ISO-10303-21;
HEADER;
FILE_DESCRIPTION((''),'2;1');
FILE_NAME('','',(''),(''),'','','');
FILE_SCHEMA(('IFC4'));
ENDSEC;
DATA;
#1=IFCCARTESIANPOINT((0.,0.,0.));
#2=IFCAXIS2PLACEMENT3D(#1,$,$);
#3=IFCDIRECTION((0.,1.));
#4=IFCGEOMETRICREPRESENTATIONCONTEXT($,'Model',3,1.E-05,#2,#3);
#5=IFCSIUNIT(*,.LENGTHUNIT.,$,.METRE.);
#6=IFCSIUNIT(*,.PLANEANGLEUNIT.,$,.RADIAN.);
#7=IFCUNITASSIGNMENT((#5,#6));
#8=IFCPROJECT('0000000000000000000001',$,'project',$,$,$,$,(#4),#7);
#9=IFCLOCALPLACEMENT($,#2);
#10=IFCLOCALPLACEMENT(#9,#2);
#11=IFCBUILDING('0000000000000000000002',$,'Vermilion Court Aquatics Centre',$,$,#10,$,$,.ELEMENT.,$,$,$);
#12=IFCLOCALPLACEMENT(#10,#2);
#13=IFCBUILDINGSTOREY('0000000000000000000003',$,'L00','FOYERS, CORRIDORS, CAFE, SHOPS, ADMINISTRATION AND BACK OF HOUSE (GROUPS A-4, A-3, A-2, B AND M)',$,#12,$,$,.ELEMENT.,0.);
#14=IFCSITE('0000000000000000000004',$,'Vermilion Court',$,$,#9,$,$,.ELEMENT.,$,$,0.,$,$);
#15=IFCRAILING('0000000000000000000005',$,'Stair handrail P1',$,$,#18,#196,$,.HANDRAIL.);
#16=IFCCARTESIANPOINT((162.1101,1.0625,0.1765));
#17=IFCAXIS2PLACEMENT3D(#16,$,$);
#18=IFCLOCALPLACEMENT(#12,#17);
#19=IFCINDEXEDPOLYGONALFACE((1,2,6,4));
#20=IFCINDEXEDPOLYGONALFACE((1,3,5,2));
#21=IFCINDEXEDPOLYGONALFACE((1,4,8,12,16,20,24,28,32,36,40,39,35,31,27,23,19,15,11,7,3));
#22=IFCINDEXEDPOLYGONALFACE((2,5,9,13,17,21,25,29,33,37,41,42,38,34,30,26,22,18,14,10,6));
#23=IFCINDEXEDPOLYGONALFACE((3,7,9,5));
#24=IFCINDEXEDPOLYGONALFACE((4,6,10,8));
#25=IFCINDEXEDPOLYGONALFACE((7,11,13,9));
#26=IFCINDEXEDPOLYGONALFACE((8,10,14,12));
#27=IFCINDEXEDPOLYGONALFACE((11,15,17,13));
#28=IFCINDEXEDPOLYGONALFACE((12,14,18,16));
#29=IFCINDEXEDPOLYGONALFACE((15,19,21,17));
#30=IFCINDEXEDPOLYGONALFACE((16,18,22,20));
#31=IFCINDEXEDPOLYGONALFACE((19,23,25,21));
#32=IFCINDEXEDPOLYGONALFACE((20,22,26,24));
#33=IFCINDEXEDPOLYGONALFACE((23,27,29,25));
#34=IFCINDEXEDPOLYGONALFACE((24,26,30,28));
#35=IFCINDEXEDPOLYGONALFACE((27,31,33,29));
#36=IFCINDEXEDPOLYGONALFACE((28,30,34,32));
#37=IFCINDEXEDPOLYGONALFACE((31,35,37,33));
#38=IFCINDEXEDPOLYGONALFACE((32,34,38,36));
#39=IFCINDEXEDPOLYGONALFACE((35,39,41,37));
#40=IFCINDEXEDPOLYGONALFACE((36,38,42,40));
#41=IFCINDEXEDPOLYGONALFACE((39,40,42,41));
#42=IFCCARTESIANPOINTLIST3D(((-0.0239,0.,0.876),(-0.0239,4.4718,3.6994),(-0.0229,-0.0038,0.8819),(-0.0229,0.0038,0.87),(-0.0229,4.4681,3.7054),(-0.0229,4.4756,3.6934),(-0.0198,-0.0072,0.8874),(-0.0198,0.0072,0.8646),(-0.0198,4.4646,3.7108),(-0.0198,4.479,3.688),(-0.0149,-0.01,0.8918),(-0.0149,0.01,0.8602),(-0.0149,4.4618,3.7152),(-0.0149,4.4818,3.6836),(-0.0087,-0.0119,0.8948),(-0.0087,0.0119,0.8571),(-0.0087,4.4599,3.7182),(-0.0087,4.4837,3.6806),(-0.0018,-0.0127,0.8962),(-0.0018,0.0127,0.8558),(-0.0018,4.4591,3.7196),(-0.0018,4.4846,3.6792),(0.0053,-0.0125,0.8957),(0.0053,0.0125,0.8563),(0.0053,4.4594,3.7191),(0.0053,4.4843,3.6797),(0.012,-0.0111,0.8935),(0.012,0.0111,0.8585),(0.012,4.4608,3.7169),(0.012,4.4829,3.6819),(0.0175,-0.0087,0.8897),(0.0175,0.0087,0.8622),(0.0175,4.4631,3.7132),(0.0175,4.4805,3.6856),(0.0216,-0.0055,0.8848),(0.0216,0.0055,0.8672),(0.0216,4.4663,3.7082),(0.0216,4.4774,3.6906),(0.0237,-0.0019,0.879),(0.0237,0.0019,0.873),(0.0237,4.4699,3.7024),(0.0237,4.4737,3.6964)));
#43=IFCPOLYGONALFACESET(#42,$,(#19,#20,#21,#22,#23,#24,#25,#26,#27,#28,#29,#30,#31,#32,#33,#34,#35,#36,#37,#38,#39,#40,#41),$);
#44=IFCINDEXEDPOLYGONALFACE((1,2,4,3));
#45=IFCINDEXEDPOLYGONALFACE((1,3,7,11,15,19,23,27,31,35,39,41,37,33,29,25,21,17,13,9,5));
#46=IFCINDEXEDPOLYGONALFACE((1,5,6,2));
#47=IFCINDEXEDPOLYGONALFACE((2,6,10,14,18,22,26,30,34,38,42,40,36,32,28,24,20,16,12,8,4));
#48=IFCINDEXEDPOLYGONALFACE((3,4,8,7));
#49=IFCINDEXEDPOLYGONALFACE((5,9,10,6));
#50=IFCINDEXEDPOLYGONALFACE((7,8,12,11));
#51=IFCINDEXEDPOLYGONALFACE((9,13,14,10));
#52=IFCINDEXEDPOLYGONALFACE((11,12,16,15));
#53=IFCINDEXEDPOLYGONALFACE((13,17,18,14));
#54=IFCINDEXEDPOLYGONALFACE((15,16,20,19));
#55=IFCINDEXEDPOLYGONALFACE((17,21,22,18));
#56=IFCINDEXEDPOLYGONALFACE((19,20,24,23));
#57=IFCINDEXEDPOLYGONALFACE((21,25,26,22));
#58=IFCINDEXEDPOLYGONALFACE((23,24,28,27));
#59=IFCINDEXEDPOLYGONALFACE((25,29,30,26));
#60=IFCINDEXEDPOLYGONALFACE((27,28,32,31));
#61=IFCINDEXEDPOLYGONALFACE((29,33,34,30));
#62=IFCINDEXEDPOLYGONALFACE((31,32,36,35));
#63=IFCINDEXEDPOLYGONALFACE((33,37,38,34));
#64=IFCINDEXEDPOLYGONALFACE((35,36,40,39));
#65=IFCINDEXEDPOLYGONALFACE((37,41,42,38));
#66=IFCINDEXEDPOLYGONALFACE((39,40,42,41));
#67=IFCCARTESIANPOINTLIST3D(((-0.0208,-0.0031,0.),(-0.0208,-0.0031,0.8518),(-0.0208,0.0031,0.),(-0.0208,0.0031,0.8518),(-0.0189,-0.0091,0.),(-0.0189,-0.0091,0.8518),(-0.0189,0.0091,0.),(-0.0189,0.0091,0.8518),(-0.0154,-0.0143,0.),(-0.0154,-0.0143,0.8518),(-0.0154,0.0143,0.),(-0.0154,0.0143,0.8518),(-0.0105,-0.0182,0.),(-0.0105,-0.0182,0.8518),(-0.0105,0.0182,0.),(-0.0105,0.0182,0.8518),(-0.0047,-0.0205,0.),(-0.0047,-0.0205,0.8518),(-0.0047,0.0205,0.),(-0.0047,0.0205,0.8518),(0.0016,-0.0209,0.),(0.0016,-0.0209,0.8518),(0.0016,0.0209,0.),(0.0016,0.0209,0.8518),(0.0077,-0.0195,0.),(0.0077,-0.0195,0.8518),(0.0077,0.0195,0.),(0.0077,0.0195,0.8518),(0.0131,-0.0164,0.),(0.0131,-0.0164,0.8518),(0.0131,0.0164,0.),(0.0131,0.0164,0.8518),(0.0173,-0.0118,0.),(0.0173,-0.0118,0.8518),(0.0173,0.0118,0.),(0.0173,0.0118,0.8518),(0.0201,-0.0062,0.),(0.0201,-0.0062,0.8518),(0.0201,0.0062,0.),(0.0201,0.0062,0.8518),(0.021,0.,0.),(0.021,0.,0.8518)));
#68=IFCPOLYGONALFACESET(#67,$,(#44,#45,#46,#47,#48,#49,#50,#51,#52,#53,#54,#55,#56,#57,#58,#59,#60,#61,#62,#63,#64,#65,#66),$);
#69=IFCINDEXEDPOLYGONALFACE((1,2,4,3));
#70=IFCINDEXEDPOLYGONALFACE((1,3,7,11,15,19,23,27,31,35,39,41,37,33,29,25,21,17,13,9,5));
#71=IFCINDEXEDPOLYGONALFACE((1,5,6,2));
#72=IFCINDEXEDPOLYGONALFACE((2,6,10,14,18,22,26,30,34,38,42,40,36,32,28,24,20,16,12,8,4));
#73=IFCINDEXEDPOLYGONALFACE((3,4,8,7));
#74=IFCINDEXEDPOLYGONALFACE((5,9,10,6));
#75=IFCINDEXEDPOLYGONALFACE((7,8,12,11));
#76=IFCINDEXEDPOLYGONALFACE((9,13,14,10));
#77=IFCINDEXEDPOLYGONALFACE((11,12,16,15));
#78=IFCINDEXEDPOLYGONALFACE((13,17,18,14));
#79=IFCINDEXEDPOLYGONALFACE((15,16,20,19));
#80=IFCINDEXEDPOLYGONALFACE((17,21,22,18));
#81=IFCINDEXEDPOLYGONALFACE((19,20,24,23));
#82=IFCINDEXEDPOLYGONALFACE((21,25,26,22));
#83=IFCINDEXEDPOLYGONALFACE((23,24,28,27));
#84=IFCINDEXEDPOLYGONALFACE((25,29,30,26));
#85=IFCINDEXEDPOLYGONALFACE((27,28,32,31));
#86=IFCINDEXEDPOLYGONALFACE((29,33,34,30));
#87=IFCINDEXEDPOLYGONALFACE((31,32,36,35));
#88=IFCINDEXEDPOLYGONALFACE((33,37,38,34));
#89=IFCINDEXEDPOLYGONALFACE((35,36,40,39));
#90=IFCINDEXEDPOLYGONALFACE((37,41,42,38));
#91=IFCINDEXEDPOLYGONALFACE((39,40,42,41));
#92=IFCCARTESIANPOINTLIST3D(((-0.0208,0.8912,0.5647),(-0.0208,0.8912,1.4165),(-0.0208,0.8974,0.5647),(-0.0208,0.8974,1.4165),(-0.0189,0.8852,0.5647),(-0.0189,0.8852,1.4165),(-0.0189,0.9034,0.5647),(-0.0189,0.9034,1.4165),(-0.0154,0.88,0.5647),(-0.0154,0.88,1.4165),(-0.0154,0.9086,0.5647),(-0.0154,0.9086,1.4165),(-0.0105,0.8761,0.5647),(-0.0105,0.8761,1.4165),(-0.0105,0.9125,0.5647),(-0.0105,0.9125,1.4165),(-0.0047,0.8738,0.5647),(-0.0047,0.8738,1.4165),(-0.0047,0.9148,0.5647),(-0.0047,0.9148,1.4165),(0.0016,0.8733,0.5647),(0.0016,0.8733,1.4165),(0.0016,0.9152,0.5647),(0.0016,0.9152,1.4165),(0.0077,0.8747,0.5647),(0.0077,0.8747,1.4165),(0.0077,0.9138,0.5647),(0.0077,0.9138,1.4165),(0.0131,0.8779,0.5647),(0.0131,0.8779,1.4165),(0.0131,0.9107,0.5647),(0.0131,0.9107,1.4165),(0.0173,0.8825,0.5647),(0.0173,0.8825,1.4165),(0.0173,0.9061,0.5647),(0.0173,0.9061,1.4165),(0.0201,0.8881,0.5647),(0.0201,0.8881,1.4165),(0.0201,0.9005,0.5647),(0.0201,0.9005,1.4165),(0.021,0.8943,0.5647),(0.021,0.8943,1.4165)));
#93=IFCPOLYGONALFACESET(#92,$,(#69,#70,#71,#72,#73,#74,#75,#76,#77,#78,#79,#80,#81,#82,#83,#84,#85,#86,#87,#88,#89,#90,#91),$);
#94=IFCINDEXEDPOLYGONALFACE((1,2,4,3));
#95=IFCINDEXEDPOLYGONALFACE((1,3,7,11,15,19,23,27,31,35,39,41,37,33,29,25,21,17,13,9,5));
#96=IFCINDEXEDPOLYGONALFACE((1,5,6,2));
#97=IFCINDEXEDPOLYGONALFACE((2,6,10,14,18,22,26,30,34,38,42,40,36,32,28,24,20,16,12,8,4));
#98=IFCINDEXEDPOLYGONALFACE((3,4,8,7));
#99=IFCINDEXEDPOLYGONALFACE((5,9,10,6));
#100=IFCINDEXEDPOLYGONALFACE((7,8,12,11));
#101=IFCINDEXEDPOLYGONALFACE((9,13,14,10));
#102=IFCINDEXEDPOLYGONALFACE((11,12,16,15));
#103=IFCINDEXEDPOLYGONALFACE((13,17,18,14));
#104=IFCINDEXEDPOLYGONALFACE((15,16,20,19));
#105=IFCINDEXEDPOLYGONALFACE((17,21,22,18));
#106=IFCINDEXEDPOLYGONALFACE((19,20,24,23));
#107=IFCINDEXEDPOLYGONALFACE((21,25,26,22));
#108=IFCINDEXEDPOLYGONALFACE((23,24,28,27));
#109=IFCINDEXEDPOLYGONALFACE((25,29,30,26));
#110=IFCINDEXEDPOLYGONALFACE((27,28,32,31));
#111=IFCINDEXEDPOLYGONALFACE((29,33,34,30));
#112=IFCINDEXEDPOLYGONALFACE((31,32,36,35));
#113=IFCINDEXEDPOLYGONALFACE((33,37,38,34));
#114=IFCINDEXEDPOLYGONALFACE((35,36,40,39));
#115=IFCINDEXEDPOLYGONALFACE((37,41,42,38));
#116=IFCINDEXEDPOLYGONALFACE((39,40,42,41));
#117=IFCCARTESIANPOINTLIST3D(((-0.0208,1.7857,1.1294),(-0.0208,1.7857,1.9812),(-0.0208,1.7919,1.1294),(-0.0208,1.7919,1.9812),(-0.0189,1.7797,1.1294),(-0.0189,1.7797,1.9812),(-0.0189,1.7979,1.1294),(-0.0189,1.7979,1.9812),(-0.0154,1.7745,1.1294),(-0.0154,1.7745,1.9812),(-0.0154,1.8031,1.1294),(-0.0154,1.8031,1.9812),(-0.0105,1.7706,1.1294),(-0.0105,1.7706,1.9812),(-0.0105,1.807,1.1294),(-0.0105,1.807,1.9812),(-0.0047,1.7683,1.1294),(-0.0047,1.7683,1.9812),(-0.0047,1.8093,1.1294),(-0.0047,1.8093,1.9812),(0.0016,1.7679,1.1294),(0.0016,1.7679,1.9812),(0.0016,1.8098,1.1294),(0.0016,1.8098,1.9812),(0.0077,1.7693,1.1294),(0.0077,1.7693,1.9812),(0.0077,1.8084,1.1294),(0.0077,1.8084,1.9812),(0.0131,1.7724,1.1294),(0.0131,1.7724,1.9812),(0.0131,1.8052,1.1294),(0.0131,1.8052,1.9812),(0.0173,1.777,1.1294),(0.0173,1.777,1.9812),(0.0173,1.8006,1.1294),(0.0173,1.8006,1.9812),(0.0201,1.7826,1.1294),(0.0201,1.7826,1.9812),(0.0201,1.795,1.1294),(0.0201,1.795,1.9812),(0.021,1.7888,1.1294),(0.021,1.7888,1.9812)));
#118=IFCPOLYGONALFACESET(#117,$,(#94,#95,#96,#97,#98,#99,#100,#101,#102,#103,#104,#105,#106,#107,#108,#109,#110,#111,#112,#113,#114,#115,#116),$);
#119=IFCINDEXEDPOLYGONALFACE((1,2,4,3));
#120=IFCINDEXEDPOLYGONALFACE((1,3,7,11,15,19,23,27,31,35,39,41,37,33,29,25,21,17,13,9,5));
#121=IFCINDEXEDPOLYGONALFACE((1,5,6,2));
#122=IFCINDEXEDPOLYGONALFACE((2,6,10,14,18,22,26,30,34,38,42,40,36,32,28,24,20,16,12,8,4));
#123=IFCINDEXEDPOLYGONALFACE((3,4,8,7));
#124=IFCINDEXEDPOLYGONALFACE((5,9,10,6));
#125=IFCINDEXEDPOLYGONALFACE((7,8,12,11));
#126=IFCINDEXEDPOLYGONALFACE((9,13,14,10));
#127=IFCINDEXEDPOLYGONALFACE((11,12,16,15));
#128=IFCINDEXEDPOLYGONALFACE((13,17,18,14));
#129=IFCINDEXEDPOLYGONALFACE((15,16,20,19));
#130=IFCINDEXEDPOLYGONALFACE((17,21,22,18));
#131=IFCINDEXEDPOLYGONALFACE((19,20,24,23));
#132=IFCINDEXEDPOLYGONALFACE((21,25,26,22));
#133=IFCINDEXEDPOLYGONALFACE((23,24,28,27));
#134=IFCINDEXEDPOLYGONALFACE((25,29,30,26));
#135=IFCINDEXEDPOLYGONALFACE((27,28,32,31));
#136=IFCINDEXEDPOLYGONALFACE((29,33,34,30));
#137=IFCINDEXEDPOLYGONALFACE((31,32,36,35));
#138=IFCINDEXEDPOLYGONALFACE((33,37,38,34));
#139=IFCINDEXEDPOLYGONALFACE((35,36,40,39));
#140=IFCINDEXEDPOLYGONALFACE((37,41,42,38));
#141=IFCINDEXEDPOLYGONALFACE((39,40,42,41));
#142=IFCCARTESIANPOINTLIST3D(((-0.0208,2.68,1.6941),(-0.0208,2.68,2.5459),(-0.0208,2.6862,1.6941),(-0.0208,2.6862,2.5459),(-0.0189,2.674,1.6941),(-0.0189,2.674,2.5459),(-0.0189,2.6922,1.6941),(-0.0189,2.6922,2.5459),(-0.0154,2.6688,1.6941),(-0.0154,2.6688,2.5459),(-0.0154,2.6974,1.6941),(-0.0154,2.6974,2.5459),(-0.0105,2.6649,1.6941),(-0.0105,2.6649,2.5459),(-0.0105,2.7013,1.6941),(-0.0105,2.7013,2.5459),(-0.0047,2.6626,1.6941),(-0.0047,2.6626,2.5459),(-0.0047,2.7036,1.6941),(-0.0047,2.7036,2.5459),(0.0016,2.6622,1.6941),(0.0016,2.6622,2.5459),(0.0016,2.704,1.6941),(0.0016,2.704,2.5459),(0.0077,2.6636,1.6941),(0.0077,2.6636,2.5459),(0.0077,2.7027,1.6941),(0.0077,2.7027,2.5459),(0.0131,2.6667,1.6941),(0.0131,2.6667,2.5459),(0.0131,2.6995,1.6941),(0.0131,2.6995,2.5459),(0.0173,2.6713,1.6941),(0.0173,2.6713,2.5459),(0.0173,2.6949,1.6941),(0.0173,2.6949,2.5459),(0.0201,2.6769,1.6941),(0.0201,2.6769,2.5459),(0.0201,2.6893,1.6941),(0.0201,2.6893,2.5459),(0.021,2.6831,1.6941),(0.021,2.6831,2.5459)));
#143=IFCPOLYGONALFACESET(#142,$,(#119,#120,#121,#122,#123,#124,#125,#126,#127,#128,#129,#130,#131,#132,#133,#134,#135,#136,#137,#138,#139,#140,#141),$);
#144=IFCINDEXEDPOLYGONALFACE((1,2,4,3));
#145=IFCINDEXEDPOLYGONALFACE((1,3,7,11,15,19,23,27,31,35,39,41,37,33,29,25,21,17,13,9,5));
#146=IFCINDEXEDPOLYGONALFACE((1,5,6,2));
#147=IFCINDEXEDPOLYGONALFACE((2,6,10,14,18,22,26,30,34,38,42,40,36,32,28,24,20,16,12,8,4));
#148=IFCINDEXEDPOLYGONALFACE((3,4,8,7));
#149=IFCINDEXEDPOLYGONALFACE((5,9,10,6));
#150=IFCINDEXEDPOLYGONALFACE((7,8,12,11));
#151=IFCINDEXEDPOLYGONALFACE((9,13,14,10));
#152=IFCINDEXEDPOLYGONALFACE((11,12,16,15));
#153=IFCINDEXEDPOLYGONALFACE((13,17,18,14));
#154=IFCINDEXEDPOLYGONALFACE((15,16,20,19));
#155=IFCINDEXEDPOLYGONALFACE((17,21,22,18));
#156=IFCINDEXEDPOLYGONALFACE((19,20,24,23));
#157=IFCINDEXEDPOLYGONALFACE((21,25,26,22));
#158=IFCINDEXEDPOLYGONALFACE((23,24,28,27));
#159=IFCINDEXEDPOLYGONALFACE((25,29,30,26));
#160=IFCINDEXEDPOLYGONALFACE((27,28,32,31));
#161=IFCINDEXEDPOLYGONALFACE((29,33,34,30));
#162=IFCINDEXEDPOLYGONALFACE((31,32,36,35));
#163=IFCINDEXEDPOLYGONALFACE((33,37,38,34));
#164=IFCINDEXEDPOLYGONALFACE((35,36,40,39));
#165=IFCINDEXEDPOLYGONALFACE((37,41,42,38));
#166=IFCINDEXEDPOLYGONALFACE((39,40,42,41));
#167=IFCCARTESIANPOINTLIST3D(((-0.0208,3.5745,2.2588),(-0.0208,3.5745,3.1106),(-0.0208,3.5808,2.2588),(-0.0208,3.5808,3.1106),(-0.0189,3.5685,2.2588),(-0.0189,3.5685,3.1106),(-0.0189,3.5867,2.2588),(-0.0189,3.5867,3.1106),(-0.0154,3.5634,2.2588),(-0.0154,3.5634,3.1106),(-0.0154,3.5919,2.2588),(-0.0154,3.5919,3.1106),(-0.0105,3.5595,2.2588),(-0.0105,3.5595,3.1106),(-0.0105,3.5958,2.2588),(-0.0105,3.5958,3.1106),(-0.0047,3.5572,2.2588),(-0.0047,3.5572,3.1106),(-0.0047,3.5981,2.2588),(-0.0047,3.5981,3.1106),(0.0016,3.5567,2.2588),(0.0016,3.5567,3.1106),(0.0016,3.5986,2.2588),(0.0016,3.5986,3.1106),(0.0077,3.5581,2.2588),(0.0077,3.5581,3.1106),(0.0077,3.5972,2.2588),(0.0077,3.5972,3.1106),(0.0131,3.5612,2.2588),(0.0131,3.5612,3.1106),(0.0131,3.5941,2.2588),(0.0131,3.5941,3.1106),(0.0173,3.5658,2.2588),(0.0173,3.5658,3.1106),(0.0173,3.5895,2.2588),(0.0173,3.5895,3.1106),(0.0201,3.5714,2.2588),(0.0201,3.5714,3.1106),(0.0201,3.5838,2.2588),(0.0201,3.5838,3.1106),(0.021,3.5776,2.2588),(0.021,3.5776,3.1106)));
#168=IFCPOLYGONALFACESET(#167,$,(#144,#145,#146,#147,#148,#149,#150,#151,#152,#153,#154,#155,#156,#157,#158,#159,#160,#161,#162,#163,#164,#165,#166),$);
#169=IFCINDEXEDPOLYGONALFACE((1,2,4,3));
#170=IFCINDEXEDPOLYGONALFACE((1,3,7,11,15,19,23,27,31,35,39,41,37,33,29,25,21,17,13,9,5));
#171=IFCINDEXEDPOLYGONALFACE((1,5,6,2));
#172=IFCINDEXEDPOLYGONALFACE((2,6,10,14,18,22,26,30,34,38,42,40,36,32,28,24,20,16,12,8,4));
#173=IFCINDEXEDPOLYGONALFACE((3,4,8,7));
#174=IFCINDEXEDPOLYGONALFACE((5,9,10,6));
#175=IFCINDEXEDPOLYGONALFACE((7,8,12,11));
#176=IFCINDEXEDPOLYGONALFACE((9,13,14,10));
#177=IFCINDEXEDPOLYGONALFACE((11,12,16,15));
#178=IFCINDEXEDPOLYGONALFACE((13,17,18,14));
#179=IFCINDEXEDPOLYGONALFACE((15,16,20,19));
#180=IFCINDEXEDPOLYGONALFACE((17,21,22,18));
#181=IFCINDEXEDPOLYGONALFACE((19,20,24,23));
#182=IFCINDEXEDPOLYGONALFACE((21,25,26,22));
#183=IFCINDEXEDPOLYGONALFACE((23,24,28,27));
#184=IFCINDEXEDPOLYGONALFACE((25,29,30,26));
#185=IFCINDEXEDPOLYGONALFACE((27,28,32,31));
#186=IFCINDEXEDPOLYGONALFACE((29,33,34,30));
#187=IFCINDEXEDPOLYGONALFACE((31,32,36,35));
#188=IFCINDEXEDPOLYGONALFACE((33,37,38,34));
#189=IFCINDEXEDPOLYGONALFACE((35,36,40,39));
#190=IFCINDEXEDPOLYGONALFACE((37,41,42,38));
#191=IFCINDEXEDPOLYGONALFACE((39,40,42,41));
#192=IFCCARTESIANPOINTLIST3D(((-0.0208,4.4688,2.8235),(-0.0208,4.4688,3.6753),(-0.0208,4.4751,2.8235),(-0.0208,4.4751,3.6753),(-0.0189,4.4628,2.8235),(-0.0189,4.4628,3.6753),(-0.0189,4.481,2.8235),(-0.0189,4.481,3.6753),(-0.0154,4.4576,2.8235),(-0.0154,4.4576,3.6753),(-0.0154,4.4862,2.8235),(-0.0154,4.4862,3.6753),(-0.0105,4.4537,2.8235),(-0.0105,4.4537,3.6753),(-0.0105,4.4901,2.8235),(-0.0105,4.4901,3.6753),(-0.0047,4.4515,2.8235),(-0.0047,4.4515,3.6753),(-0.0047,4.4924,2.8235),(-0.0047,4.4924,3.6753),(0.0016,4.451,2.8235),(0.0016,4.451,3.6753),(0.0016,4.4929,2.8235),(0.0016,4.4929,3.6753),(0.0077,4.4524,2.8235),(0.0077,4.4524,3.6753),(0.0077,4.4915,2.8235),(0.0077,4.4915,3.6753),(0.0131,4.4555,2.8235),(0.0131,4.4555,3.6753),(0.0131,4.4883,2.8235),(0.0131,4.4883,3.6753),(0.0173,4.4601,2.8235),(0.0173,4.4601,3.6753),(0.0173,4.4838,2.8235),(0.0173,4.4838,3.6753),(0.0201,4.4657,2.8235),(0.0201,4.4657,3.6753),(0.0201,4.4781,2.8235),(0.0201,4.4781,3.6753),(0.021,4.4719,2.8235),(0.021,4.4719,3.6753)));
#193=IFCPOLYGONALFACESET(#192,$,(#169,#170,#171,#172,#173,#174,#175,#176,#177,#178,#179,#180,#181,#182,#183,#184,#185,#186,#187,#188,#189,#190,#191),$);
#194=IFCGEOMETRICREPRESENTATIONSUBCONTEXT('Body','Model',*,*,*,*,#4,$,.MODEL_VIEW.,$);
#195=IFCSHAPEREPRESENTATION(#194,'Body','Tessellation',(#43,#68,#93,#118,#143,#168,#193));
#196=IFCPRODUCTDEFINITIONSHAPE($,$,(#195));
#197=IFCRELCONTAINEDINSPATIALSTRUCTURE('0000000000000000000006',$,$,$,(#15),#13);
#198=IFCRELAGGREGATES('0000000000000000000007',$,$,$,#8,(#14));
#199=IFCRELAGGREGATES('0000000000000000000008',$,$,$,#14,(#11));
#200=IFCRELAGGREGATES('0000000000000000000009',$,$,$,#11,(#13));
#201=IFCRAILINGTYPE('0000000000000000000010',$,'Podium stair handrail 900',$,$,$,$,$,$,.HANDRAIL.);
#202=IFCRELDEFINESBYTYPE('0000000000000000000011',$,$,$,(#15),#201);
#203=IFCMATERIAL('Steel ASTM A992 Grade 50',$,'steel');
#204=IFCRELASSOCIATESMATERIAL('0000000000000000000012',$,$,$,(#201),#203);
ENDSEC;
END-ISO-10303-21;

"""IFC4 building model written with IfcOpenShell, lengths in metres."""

from ifc_helpers import new_model, si_unit, direction, frame, origin, origin_2d, place, context, subcontext, project, spatial, circle, extrude, material, type_object, element, save


model = new_model("IFC4")

# Units and contexts
model_context = context("Model", 3, precision=1e-05, world=origin(), true_north=direction((0.0, 1.0)))
body_context = subcontext(model_context, "Body", "Model", "MODEL_VIEW")
ifc_project = project(units=[si_unit("LENGTHUNIT", "METRE"), si_unit("PLANEANGLEUNIT", "RADIAN")], contexts=[model_context])

# Site, building, storey
site_placement = place(None, origin())
site = spatial("IfcSite", under=ifc_project, at=site_placement, Name="Vermilion Court", CompositionType="ELEMENT", RefElevation=0.0)
building_placement = place(site_placement, origin())
building = spatial("IfcBuilding", under=site, at=building_placement, Name="Vermilion Court Aquatics Centre", CompositionType="ELEMENT")
storey_placement = place(building_placement, origin())
storey = spatial("IfcBuildingStorey", under=building, at=storey_placement, Name="L00", Description="FOYERS, CORRIDORS, CAFE, SHOPS, ADMINISTRATION AND BACK OF HOUSE (GROUPS A-4, A-3, A-2, B AND M)", CompositionType="ELEMENT", Elevation=0.0)

# Railing
ifc_material_1 = material(Name="Steel ASTM A992 Grade 50", Category="steel")
railing_type_1 = type_object("IfcRailingType", Name="Podium stair handrail 900", PredefinedType="HANDRAIL", material=ifc_material_1)
for number, where, name in (
    (1, (162.1101, 1.0625, 0.1765), "Stair handrail P1"),
):
    element("IfcRailing", number, at=place(storey_placement, frame(where)), inside=storey, type_object=railing_type_1, Name=name, PredefinedType="HANDRAIL", context=body_context, shape_type="SweptSolid", body=[
        extrude(circle(Radius=0.0239, at=origin_2d()), frame((0.0, 0.0, 0.876), z_axis=(0.0, 0.845565, 0.533873), x_axis=(-1.0, 0.0, 0.0)), (0.0, 0.0, 1.0), 5.2886),
        extrude(circle(Radius=0.021, at=origin_2d()), origin(), (0.0, 0.0, 1.0), 0.8518),
        extrude(circle(Radius=0.021, at=origin_2d()), frame((0.0, 0.8943, 0.5647)), (0.0, 0.0, 1.0), 0.8518),
        extrude(circle(Radius=0.021, at=origin_2d()), frame((0.0, 1.7888, 1.1294)), (0.0, 0.0, 1.0), 0.8518),
        extrude(circle(Radius=0.021, at=origin_2d()), frame((0.0, 2.6831, 1.6941)), (0.0, 0.0, 1.0), 0.8518),
        extrude(circle(Radius=0.021, at=origin_2d()), frame((0.0, 3.5776, 2.2588)), (0.0, 0.0, 1.0), 0.8518),
        extrude(circle(Radius=0.021, at=origin_2d()), frame((0.0, 4.4719, 2.8235)), (0.0, 0.0, 1.0), 0.8518),
    ])

save(model, "model.ifc")
